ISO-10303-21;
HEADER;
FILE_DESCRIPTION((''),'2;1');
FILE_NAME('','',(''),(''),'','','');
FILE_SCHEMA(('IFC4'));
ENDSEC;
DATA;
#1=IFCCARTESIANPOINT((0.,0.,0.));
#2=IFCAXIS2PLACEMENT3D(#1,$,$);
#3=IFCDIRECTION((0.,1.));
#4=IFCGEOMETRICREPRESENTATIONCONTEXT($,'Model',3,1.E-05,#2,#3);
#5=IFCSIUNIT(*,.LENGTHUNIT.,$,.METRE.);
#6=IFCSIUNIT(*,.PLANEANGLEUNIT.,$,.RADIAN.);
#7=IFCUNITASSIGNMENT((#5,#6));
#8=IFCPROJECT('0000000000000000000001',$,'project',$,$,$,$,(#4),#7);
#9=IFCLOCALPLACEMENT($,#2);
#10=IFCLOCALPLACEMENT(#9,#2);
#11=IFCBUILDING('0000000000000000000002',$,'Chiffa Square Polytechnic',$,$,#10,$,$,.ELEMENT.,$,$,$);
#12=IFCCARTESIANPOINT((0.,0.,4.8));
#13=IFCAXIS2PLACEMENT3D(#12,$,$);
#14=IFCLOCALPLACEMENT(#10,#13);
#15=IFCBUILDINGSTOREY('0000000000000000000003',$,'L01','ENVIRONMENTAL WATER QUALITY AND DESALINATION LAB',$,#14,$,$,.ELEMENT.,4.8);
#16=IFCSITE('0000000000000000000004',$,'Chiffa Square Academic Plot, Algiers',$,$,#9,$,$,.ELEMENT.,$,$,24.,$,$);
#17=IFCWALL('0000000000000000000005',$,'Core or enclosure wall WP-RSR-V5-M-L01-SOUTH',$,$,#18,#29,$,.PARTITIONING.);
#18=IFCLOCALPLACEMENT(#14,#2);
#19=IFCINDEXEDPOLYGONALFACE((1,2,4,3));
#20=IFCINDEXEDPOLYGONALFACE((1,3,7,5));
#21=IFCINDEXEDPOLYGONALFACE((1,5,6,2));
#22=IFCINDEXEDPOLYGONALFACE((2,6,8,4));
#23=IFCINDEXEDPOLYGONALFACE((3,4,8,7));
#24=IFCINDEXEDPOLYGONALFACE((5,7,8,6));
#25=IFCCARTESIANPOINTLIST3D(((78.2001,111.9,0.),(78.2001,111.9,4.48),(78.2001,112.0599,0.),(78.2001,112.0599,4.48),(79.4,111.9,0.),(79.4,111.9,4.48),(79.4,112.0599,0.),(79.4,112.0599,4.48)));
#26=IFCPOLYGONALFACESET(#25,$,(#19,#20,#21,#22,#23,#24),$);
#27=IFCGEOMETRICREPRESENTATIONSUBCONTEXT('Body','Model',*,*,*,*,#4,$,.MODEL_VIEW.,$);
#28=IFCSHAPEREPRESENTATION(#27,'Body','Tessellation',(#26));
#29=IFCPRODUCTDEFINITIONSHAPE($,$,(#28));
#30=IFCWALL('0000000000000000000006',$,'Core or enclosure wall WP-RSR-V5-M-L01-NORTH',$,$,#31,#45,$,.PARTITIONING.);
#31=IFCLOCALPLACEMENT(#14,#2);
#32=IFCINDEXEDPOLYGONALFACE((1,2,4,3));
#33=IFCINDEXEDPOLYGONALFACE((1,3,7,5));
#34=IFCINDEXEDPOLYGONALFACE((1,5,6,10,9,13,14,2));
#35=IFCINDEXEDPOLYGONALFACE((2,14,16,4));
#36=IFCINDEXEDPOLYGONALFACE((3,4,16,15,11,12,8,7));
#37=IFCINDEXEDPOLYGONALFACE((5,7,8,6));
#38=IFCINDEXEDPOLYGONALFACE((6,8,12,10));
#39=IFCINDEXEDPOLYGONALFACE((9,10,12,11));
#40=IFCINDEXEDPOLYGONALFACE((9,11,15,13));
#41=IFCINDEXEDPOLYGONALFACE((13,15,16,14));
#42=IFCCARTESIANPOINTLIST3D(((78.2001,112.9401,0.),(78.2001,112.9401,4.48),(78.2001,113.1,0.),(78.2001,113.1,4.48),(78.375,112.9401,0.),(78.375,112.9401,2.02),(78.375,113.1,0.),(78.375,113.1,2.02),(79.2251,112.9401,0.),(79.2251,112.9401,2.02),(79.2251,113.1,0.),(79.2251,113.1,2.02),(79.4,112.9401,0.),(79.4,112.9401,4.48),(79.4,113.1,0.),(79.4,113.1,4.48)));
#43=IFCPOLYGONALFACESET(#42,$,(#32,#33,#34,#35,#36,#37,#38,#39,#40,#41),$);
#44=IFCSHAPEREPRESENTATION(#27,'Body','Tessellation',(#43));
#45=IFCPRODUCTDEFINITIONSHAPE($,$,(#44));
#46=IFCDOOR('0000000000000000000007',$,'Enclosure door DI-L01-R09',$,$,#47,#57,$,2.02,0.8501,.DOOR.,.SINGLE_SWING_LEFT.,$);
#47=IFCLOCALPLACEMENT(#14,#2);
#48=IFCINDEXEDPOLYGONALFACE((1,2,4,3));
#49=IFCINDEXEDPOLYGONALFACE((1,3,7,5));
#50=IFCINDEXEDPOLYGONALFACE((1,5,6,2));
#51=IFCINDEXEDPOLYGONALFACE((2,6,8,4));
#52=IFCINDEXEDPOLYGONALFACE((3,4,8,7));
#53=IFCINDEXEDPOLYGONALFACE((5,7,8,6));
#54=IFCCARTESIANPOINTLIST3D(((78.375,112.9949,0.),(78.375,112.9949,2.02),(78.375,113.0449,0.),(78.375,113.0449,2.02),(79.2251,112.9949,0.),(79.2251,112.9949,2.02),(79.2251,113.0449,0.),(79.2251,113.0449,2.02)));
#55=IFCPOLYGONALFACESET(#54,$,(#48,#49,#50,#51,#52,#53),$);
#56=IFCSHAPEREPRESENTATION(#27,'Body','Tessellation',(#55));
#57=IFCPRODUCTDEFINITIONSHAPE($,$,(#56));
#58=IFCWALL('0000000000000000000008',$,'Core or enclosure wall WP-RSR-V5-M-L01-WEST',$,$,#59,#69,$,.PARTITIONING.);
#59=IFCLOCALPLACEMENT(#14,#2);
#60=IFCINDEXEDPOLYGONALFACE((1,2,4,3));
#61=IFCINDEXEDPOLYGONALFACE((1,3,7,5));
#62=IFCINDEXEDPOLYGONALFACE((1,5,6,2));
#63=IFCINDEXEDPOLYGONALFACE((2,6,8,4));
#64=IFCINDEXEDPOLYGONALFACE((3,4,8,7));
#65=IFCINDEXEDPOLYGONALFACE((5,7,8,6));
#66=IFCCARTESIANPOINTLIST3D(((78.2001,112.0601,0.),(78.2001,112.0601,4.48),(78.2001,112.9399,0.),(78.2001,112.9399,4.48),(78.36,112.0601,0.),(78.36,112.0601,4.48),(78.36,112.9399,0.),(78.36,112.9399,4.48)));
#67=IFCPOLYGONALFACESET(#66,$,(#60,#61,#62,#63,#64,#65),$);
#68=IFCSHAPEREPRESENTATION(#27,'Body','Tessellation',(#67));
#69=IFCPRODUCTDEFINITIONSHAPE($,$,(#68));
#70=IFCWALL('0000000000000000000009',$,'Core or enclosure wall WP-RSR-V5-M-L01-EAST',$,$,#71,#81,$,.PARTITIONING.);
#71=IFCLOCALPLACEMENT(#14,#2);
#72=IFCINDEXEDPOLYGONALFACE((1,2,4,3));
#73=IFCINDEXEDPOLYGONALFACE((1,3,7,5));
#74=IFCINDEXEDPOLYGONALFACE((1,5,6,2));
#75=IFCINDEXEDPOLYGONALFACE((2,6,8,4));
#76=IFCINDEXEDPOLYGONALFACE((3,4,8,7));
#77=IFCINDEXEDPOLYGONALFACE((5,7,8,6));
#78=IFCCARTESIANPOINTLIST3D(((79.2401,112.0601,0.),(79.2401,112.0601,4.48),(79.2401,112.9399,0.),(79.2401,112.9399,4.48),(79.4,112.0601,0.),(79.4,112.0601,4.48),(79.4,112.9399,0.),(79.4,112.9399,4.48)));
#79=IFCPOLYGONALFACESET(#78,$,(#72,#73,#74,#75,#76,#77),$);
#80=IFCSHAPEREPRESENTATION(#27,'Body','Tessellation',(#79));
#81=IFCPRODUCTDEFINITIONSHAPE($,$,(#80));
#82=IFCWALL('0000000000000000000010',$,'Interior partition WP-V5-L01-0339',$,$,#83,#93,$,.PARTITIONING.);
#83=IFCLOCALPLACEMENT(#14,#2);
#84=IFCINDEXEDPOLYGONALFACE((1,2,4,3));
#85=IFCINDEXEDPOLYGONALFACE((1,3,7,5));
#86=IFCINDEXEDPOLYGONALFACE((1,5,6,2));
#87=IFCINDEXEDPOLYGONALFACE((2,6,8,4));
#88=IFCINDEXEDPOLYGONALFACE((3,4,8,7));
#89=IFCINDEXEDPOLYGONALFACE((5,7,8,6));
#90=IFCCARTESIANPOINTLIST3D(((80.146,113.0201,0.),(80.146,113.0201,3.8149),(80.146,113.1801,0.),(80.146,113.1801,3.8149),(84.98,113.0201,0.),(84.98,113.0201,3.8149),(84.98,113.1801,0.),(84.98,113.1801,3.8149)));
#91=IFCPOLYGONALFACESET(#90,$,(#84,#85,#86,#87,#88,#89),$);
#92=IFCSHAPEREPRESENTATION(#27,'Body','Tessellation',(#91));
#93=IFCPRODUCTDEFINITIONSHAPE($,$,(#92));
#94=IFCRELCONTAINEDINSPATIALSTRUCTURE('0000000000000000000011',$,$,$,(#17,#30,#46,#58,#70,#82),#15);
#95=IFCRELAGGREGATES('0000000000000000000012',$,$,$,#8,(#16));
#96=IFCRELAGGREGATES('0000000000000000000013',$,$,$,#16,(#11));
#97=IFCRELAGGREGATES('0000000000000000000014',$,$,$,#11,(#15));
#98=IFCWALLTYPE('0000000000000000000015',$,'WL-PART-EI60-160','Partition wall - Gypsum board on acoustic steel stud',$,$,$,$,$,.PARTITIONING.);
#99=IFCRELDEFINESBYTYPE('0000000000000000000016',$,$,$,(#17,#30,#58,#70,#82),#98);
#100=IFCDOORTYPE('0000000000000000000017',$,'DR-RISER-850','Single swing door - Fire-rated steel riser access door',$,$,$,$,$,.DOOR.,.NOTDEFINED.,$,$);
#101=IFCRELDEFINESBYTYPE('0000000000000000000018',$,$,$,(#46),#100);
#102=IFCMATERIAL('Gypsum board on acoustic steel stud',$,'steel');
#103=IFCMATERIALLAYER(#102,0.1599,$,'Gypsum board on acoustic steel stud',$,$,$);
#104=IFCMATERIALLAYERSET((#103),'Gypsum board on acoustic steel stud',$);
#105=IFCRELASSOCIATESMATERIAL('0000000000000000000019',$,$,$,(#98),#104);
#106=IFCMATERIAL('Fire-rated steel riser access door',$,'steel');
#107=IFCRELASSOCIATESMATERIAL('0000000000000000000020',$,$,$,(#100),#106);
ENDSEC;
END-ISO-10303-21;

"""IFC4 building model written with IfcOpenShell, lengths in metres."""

from ifc_helpers import new_model, si_unit, direction, frame, frame_2d, origin, place, context, subcontext, project, spatial, rectangle, extrude, material, layer, layer_set, type_object, element, fill, save


model = new_model("IFC4")

# Units and contexts
model_context = context("Model", 3, precision=1e-05, world=origin(), true_north=direction((0.0, 1.0)))
body_context = subcontext(model_context, "Body", "Model", "MODEL_VIEW")
ifc_project = project(units=[si_unit("LENGTHUNIT", "METRE"), si_unit("PLANEANGLEUNIT", "RADIAN")], contexts=[model_context])

# Site, building, storey
site_placement = place(None, origin())
site = spatial("IfcSite", under=ifc_project, at=site_placement, Name="Chiffa Square Academic Plot, Algiers", CompositionType="ELEMENT", RefElevation=24.0)
building_placement = place(site_placement, origin())
building = spatial("IfcBuilding", under=site, at=building_placement, Name="Chiffa Square Polytechnic", CompositionType="ELEMENT")
storey_placement = place(building_placement, frame((0.0, 0.0, 4.8)))
storey = spatial("IfcBuildingStorey", under=building, at=storey_placement, Name="L01", Description="ENVIRONMENTAL WATER QUALITY AND DESALINATION LAB", CompositionType="ELEMENT", Elevation=4.8)

# Wall
ifc_material_1 = material(Name="Gypsum board on acoustic steel stud", Category="steel")
ifc_layer_1 = layer(ifc_material_1, 0.1599, Name="Gypsum board on acoustic steel stud")
ifc_layer_set_1 = layer_set([ifc_layer_1], Name="Gypsum board on acoustic steel stud")
wall_type_1 = type_object("IfcWallType", Name="WL-PART-EI60-160", Description="Partition wall - Gypsum board on acoustic steel stud", PredefinedType="PARTITIONING", material=ifc_layer_set_1)
wall_1_placement = place(storey_placement, frame((78.2, 111.98, 0.0), z_axis=(0.0, 0.0, 1.0), x_axis=(1.0, 0.0, 0.0)))
element("IfcWall", 1, at=wall_1_placement, inside=storey, type_object=wall_type_1, Name="Core or enclosure wall WP-RSR-V5-M-L01-SOUTH", PredefinedType="PARTITIONING", context=body_context, shape_type="SweptSolid", body=[
    extrude(rectangle(XDim=1.2, YDim=0.1599, at=frame_2d((0.6001, 0.0))), origin(), (0.0, 0.0, 1.0), 4.48),
])

# Wall, opening, door
wall_2_placement = place(storey_placement, frame((78.2, 113.02, 0.0), z_axis=(0.0, 0.0, 1.0), x_axis=(1.0, 0.0, 0.0)))
wall_2 = element("IfcWall", 2, at=wall_2_placement, inside=storey, type_object=wall_type_1, Name="Core or enclosure wall WP-RSR-V5-M-L01-NORTH", PredefinedType="PARTITIONING", context=body_context, shape_type="SweptSolid", body=[
    extrude(rectangle(XDim=1.2, YDim=0.1599, at=frame_2d((0.6001, 0.0))), origin(), (0.0, 0.0, 1.0), 4.48),
])
opening_1_placement = place(wall_2_placement, frame((0.175, 0.0, 0.0)))
opening_1 = element("IfcOpeningElement", 3, at=opening_1_placement, cuts=wall_2, PredefinedType="OPENING", context=body_context, shape_type="SweptSolid", body=[
    extrude(rectangle(XDim=0.8501, YDim=2.02, at=frame_2d((0.425, 1.01))), frame((0.0, 0.0898, 0.0), z_axis=(0.0, -1.0, 0.0), x_axis=(1.0, 0.0, 0.0)), (0.0, 0.0, 1.0), 0.1799),
])
ifc_material_2 = material(Name="Fire-rated steel riser access door", Category="steel")
door_type_1 = type_object("IfcDoorType", Name="DR-RISER-850", Description="Single swing door - Fire-rated steel riser access door", OperationType="NOTDEFINED", PredefinedType="DOOR", material=ifc_material_2)
door_1_placement = place(opening_1_placement, origin())
door_1 = element("IfcDoor", 4, at=door_1_placement, inside=storey, type_object=door_type_1, Name="Enclosure door DI-L01-R09", OperationType="SINGLE_SWING_LEFT", OverallHeight=2.02, OverallWidth=0.8501, PredefinedType="DOOR", context=body_context, shape_type="SweptSolid", body=[
    extrude(rectangle(XDim=0.8501, YDim=2.02, at=frame_2d((0.425, 1.01))), frame((0.0, 0.0249, 0.0), z_axis=(0.0, -1.0, 0.0), x_axis=(1.0, 0.0, 0.0)), (0.0, 0.0, 1.0), 0.05),
])
fill(opening_1, door_1)

# Walls
for number, where, z_axis, x_axis, name in (
    (5, (78.28, 112.0601, 0.0), (0.0, 0.0, 1.0), (0.0, 1.0, 0.0), "Core or enclosure wall WP-RSR-V5-M-L01-WEST"),
    (6, (79.3201, 112.0601, 0.0), (0.0, 0.0, 1.0), (0.0, 1.0, 0.0), "Core or enclosure wall WP-RSR-V5-M-L01-EAST"),
):
    element("IfcWall", number, at=place(storey_placement, frame(where, z_axis=z_axis, x_axis=x_axis)), inside=storey, type_object=wall_type_1, Name=name, PredefinedType="PARTITIONING", context=body_context, shape_type="SweptSolid", body=[
        extrude(rectangle(XDim=0.8799, YDim=0.1599, at=frame_2d((0.4399, 0.0))), origin(), (0.0, 0.0, 1.0), 4.48),
    ])
wall_3_placement = place(storey_placement, frame((80.146, 113.1001, 0.0), z_axis=(0.0, 0.0, 1.0), x_axis=(1.0, 0.0, 0.0)))
element("IfcWall", 7, at=wall_3_placement, inside=storey, type_object=wall_type_1, Name="Interior partition WP-V5-L01-0339", PredefinedType="PARTITIONING", context=body_context, shape_type="SweptSolid", body=[
    extrude(rectangle(XDim=4.834, YDim=0.1599, at=frame_2d((2.417, 0.0))), origin(), (0.0, 0.0, 1.0), 3.8149),
])

save(model, "model.ifc")
